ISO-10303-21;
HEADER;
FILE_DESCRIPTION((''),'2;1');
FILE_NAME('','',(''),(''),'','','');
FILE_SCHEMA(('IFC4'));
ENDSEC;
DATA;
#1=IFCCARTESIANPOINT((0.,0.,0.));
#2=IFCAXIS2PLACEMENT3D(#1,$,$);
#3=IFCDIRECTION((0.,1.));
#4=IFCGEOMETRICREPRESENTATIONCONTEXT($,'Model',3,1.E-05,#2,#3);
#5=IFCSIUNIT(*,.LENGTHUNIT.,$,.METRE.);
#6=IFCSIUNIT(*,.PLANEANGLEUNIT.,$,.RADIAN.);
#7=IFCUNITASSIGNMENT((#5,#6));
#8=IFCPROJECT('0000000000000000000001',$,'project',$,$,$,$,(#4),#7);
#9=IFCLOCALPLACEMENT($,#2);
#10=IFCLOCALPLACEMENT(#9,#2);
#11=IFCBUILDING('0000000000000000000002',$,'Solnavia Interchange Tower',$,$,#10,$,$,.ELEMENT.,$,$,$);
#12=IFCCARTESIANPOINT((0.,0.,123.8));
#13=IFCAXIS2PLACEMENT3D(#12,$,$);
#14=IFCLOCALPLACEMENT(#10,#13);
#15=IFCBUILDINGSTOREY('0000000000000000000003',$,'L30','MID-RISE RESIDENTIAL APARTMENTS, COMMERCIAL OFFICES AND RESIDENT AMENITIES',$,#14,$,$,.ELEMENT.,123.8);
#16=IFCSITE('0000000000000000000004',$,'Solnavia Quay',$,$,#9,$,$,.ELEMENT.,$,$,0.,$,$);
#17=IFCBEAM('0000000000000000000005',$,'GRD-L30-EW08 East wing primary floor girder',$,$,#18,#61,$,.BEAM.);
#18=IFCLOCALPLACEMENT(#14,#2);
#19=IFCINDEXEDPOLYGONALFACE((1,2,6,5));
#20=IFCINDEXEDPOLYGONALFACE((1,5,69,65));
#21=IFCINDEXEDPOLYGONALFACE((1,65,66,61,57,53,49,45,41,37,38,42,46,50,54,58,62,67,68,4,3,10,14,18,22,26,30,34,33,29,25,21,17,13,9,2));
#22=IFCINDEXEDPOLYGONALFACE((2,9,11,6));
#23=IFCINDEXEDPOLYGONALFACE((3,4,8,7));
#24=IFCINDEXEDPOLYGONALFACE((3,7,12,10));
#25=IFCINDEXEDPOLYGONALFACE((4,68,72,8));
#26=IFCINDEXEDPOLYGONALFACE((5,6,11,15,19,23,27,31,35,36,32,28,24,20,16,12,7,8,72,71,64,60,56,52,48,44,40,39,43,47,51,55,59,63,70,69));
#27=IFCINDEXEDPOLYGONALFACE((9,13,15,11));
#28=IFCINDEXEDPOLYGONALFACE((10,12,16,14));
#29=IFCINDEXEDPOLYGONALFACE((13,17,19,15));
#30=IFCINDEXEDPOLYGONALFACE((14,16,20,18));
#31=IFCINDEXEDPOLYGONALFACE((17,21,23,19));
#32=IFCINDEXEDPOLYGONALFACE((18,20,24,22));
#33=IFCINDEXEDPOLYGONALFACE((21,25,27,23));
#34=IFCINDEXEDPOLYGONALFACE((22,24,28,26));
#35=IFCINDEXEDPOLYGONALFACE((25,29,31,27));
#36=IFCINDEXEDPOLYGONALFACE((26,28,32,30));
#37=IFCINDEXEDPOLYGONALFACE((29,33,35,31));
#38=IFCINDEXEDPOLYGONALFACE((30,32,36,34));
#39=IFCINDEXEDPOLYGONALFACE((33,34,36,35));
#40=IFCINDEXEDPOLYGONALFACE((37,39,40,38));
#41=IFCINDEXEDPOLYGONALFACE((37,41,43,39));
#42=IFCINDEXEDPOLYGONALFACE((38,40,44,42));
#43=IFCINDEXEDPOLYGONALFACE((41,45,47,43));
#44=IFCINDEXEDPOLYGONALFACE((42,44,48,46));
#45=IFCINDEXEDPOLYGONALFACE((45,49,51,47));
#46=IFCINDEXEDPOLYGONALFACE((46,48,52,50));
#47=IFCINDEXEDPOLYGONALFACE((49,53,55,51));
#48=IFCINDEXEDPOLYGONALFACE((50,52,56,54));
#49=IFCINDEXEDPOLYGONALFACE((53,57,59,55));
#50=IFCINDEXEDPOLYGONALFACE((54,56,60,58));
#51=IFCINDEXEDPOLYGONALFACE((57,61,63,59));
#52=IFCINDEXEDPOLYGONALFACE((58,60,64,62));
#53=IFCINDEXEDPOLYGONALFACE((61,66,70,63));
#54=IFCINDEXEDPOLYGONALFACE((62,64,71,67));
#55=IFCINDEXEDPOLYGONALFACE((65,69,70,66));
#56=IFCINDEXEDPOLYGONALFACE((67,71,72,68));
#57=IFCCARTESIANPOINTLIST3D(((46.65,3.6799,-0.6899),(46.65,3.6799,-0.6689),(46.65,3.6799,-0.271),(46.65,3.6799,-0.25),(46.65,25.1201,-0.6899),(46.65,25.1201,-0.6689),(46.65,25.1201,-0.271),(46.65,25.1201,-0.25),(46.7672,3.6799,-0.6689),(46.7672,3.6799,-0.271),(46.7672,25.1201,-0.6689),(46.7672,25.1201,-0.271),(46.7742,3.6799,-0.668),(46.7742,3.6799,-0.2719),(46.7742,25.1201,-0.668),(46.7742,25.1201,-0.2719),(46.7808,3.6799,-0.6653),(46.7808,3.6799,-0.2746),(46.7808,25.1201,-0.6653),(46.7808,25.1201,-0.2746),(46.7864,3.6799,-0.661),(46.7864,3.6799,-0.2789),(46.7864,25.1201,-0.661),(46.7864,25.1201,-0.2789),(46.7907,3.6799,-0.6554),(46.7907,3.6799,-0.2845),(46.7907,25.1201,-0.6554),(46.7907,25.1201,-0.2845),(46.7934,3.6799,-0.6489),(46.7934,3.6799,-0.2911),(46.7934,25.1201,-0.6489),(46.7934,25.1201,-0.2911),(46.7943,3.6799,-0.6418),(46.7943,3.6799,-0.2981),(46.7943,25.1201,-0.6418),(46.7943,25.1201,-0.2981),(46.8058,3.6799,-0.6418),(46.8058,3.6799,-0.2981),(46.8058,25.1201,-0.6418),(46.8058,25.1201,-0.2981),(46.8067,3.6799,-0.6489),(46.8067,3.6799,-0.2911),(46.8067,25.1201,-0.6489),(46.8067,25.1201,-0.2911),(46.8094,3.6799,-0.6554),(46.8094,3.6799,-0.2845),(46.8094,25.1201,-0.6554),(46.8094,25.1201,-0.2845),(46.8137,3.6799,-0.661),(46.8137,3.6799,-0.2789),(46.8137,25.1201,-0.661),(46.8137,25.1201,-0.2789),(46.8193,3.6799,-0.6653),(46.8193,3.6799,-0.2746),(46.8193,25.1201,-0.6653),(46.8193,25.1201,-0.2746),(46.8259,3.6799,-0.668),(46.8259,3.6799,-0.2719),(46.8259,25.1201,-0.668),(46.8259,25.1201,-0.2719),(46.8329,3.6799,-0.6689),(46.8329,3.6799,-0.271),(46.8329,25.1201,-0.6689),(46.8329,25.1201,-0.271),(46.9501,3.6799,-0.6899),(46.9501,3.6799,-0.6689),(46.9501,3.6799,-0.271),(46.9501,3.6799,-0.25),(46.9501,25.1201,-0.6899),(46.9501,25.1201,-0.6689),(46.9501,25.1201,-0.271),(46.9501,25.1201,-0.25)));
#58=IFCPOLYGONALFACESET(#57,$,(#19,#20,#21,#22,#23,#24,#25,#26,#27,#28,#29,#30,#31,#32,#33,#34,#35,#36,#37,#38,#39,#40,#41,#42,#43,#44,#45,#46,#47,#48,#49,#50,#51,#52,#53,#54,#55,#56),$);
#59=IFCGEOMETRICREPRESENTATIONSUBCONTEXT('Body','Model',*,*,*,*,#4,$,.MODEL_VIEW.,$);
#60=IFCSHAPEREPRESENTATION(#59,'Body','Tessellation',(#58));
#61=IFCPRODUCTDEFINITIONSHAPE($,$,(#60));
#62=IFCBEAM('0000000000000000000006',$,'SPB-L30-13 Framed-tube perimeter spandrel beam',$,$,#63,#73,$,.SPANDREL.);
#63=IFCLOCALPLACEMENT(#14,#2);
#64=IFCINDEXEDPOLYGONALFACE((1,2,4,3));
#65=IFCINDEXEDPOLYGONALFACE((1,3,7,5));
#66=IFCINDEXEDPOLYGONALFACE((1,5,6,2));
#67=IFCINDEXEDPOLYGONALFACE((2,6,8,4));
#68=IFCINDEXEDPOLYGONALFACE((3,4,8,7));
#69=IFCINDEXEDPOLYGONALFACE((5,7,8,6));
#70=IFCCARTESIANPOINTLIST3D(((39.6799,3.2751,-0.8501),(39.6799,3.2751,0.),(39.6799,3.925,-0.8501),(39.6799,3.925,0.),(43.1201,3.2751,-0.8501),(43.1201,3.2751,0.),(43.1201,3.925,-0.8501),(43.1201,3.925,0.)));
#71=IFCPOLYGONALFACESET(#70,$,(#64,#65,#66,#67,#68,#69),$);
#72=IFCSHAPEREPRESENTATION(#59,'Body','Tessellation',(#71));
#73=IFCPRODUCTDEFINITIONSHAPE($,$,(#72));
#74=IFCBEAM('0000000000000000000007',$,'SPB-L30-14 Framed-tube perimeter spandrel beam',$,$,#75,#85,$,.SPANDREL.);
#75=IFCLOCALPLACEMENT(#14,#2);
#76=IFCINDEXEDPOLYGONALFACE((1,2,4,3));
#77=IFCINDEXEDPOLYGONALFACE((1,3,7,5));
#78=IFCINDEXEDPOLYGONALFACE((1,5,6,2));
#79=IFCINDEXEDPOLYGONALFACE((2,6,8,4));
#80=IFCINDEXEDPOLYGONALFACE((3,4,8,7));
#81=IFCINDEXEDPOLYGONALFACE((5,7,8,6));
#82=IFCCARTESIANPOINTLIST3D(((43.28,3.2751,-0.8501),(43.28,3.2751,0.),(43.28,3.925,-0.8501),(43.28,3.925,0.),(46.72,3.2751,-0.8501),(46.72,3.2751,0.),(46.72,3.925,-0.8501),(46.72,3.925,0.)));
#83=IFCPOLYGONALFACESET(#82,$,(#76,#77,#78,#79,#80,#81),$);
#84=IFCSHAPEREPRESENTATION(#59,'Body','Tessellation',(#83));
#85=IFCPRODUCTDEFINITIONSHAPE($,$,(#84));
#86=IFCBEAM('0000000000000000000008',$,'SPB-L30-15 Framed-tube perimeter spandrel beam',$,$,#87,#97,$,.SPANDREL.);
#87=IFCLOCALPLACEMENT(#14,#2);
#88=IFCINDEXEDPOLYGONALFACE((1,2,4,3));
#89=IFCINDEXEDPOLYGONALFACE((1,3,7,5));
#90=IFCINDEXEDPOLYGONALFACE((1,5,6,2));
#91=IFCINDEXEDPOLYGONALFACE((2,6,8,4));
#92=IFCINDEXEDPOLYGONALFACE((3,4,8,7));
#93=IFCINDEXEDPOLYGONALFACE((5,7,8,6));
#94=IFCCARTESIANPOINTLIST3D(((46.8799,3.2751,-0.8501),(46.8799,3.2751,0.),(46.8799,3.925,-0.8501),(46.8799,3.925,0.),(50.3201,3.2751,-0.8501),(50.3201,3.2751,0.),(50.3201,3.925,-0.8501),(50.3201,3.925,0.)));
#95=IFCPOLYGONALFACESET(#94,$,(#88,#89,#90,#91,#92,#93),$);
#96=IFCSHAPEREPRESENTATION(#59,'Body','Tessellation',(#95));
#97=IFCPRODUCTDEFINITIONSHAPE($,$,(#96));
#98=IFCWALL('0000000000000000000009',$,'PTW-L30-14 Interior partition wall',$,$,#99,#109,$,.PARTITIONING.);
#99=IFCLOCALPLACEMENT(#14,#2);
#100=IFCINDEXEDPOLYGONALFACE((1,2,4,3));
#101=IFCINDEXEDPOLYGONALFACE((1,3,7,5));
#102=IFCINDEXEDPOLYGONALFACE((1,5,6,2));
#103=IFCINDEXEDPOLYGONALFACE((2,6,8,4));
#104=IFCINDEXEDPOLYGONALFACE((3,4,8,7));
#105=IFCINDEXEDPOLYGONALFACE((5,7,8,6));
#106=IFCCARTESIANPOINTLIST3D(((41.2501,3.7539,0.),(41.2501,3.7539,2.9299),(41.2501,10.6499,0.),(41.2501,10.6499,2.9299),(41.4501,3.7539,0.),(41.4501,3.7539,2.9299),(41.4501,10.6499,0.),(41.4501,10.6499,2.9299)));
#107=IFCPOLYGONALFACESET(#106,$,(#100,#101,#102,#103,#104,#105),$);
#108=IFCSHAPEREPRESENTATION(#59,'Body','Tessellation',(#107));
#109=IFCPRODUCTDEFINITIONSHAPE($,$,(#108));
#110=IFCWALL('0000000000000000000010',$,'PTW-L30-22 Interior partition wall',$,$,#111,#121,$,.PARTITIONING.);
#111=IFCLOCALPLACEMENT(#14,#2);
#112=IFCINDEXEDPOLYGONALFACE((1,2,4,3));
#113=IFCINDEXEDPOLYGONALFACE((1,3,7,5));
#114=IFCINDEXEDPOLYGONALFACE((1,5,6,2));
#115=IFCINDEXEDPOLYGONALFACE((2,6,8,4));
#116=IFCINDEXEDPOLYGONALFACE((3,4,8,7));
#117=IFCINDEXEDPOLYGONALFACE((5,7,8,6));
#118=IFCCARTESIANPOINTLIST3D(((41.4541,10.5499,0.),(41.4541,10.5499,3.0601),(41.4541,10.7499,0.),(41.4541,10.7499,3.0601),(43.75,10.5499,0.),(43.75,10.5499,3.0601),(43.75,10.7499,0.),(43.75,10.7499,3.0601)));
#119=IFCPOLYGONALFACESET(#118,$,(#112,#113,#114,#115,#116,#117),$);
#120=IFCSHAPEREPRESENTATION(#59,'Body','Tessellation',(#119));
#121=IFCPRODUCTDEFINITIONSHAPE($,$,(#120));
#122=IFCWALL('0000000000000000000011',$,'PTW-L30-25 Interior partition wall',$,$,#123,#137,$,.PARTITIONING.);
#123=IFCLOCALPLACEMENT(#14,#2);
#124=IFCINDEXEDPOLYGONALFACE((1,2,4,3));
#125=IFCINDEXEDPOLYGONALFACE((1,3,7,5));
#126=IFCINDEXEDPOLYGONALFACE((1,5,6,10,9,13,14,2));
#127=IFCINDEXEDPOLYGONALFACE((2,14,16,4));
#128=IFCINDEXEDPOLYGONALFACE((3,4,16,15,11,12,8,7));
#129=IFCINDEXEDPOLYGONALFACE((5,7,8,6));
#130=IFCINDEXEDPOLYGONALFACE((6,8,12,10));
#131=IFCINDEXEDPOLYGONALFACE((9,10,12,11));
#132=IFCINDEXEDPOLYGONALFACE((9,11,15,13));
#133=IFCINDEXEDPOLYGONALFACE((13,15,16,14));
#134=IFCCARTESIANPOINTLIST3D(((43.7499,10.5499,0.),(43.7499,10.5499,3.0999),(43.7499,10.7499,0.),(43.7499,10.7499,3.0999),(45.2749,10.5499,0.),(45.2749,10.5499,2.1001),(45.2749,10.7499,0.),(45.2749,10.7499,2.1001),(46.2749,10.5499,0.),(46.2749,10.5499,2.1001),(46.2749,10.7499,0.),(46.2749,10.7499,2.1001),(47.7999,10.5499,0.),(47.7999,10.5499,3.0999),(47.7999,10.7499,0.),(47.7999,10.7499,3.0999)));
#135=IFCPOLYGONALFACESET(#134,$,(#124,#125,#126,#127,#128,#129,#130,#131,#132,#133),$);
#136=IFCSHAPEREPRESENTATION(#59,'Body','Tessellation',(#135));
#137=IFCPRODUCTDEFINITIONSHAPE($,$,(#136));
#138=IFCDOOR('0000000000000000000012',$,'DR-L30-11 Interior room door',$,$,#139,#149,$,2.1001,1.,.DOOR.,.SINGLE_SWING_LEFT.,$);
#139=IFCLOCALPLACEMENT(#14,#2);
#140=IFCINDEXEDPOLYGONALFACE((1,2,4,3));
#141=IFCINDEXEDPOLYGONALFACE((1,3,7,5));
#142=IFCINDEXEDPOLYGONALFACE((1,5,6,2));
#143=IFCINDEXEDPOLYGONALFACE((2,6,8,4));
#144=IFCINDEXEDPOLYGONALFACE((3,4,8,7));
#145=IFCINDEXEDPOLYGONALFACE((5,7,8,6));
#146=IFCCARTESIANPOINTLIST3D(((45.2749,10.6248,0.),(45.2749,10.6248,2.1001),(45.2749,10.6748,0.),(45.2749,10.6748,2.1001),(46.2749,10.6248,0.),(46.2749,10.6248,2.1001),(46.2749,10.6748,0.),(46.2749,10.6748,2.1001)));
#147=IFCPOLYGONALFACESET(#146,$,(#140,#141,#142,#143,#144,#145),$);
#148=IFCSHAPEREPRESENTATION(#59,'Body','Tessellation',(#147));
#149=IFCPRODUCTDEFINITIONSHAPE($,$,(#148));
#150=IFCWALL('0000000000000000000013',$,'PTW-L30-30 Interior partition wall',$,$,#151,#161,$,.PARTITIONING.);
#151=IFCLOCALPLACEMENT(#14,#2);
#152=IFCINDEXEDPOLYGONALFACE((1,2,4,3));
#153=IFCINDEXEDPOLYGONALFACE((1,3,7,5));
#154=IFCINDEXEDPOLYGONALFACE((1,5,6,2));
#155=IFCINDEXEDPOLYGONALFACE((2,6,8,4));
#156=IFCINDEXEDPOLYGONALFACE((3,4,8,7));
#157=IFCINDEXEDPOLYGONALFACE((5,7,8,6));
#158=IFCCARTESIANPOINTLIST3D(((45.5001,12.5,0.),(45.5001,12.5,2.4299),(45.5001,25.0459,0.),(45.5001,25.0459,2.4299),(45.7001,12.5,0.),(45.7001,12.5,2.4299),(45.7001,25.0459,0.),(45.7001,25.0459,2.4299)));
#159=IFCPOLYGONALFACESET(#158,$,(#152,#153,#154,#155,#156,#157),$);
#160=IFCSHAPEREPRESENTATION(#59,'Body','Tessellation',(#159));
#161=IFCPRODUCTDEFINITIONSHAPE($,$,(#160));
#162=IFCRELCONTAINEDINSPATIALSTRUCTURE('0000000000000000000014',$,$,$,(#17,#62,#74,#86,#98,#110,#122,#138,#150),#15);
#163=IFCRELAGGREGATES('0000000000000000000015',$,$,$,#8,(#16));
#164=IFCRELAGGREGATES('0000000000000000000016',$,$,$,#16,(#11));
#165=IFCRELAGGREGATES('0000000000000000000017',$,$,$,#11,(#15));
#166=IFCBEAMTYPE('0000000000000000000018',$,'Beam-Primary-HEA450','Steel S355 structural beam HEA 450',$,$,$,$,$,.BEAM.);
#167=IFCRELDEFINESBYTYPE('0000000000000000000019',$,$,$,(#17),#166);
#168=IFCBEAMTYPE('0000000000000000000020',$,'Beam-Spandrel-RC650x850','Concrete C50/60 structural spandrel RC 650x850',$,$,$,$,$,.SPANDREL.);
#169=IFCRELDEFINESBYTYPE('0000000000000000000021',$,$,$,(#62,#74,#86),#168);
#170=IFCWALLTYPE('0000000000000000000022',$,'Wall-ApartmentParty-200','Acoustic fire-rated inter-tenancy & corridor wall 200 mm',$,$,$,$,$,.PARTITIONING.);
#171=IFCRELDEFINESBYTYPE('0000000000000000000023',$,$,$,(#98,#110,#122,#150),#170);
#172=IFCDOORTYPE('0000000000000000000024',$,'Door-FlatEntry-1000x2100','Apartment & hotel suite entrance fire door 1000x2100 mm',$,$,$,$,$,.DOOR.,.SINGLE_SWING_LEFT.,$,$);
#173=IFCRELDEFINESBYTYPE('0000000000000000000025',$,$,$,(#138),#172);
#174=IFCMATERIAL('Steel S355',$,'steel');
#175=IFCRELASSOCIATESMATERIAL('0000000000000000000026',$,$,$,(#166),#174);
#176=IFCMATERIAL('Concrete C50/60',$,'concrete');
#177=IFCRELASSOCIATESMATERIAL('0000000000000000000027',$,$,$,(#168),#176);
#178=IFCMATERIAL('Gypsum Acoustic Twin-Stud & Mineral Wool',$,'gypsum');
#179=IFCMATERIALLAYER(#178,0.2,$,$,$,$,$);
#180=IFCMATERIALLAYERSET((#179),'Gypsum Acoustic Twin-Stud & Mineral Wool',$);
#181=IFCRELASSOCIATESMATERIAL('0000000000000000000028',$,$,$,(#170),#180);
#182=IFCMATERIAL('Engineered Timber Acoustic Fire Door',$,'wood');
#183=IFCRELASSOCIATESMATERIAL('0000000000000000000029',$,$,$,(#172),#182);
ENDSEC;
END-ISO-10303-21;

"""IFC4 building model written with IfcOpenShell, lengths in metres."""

from ifc_helpers import new_model, si_unit, direction, frame, frame_2d, origin, origin_2d, place, context, subcontext, project, spatial, rectangle, i_section, extrude, material, layer, layer_set, material_profile, profile_set, type_object, element, fill, save


model = new_model("IFC4")

# Units and contexts
model_context = context("Model", 3, precision=1e-05, world=origin(), true_north=direction((0.0, 1.0)))
body_context = subcontext(model_context, "Body", "Model", "MODEL_VIEW")
ifc_project = project(units=[si_unit("LENGTHUNIT", "METRE"), si_unit("PLANEANGLEUNIT", "RADIAN")], contexts=[model_context])

# Site, building, storey
site_placement = place(None, origin())
site = spatial("IfcSite", under=ifc_project, at=site_placement, Name="Solnavia Quay", CompositionType="ELEMENT", RefElevation=0.0)
building_placement = place(site_placement, origin())
building = spatial("IfcBuilding", under=site, at=building_placement, Name="Solnavia Interchange Tower", CompositionType="ELEMENT")
storey_placement = place(building_placement, frame((0.0, 0.0, 123.8)))
storey = spatial("IfcBuildingStorey", under=building, at=storey_placement, Name="L30", Description="MID-RISE RESIDENTIAL APARTMENTS, COMMERCIAL OFFICES AND RESIDENT AMENITIES", CompositionType="ELEMENT", Elevation=123.8)

# Shared definitions
ifc_material_1 = material(Name="Concrete C50/60", Category="concrete")

# Beams
ifc_material_2 = material(Name="Steel S355", Category="steel")
ifc_material_profile_1 = material_profile(ifc_material_2, i_section(OverallWidth=0.3, OverallDepth=0.4399, WebThickness=0.0115, FlangeThickness=0.021, FilletRadius=0.0271, at=origin_2d()), Name="HEA 450")
ifc_profile_set_1 = profile_set([ifc_material_profile_1], Name="Steel S355")
beam_type_1 = type_object("IfcBeamType", Name="Beam-Primary-HEA450", Description="Steel S355 structural beam HEA 450", PredefinedType="BEAM", material=ifc_profile_set_1)
for number, where, z_axis, x_axis, name in (
    (1, (46.8, 3.6799, -0.47), (0.0, 1.0, 0.0), (-1.0, 0.0, 0.0), "GRD-L30-EW08 East wing primary floor girder"),
):
    element("IfcBeam", number, at=place(storey_placement, frame(where, z_axis=z_axis, x_axis=x_axis)), inside=storey, type_object=beam_type_1, Name=name, PredefinedType="BEAM", context=body_context, shape_type="SweptSolid", body=[
        extrude(i_section(OverallWidth=0.3, OverallDepth=0.4399, WebThickness=0.0115, FlangeThickness=0.021, FilletRadius=0.0271, at=origin_2d()), origin(), (0.0, 0.0, 1.0), 21.4402),
    ])
ifc_material_profile_2 = material_profile(ifc_material_1, rectangle(XDim=0.6499, YDim=0.8501, at=origin_2d()), Name="RC 650x850")
ifc_profile_set_2 = profile_set([ifc_material_profile_2], Name="Concrete C50/60")
beam_type_2 = type_object("IfcBeamType", Name="Beam-Spandrel-RC650x850", Description="Concrete C50/60 structural spandrel RC 650x850", PredefinedType="SPANDREL", material=ifc_profile_set_2)
beam_1_placement = place(storey_placement, frame((39.6799, 3.6001, -0.425), z_axis=(1.0, 0.0, 0.0), x_axis=(0.0, 1.0, 0.0)))
element("IfcBeam", 2, at=beam_1_placement, inside=storey, type_object=beam_type_2, Name="SPB-L30-13 Framed-tube perimeter spandrel beam", PredefinedType="SPANDREL", context=body_context, shape_type="SweptSolid", body=[
    extrude(rectangle(XDim=0.6499, YDim=0.8501, at=origin_2d()), origin(), (0.0, 0.0, 1.0), 3.4402),
])
beam_2_placement = place(storey_placement, frame((43.28, 3.6001, -0.425), z_axis=(1.0, 0.0, 0.0), x_axis=(0.0, 1.0, 0.0)))
element("IfcBeam", 3, at=beam_2_placement, inside=storey, type_object=beam_type_2, Name="SPB-L30-14 Framed-tube perimeter spandrel beam", PredefinedType="SPANDREL", context=body_context, shape_type="SweptSolid", body=[
    extrude(rectangle(XDim=0.6499, YDim=0.8501, at=origin_2d()), origin(), (0.0, 0.0, 1.0), 3.4399),
])
beam_3_placement = place(storey_placement, frame((46.8799, 3.6001, -0.425), z_axis=(1.0, 0.0, 0.0), x_axis=(0.0, 1.0, 0.0)))
element("IfcBeam", 4, at=beam_3_placement, inside=storey, type_object=beam_type_2, Name="SPB-L30-15 Framed-tube perimeter spandrel beam", PredefinedType="SPANDREL", context=body_context, shape_type="SweptSolid", body=[
    extrude(rectangle(XDim=0.6499, YDim=0.8501, at=origin_2d()), origin(), (0.0, 0.0, 1.0), 3.4402),
])

# Walls
ifc_material_3 = material(Name="Gypsum Acoustic Twin-Stud & Mineral Wool", Category="gypsum")
ifc_layer_1 = layer(ifc_material_3, 0.2)
ifc_layer_set_1 = layer_set([ifc_layer_1], Name="Gypsum Acoustic Twin-Stud & Mineral Wool")
wall_type_1 = type_object("IfcWallType", Name="Wall-ApartmentParty-200", Description="Acoustic fire-rated inter-tenancy & corridor wall 200 mm", PredefinedType="PARTITIONING", material=ifc_layer_set_1)
wall_1_placement = place(storey_placement, frame((41.3501, 3.7539, 0.0), z_axis=(0.0, 0.0, 1.0), x_axis=(0.0, 1.0, 0.0)))
element("IfcWall", 5, at=wall_1_placement, inside=storey, type_object=wall_type_1, Name="PTW-L30-14 Interior partition wall", PredefinedType="PARTITIONING", context=body_context, shape_type="SweptSolid", body=[
    extrude(rectangle(XDim=6.896, YDim=0.2, at=frame_2d((3.448, 0.0))), origin(), (0.0, 0.0, 1.0), 2.9299),
])
wall_2_placement = place(storey_placement, frame((41.4541, 10.6499, 0.0), z_axis=(0.0, 0.0, 1.0), x_axis=(1.0, 0.0, 0.0)))
element("IfcWall", 6, at=wall_2_placement, inside=storey, type_object=wall_type_1, Name="PTW-L30-22 Interior partition wall", PredefinedType="PARTITIONING", context=body_context, shape_type="SweptSolid", body=[
    extrude(rectangle(XDim=2.2959, YDim=0.2, at=frame_2d((1.1479, 0.0))), origin(), (0.0, 0.0, 1.0), 3.0601),
])

# Wall, opening, door
wall_3_placement = place(storey_placement, frame((43.75, 10.6499, 0.0), z_axis=(0.0, 0.0, 1.0), x_axis=(1.0, 0.0, 0.0)))
wall_3 = element("IfcWall", 7, at=wall_3_placement, inside=storey, type_object=wall_type_1, Name="PTW-L30-25 Interior partition wall", PredefinedType="PARTITIONING", context=body_context, shape_type="SweptSolid", body=[
    extrude(rectangle(XDim=4.05, YDim=0.2, at=frame_2d((2.0249, 0.0))), origin(), (0.0, 0.0, 1.0), 3.0999),
])
opening_1_placement = place(wall_3_placement, frame((1.5249, 0.0, 0.0)))
opening_1 = element("IfcOpeningElement", 8, at=opening_1_placement, cuts=wall_3, PredefinedType="OPENING", context=body_context, shape_type="SweptSolid", body=[
    extrude(rectangle(XDim=1.0, YDim=2.1001, at=frame_2d((0.5, 1.05))), frame((0.0, 0.1099, 0.0), z_axis=(0.0, -1.0, 0.0), x_axis=(1.0, 0.0, 0.0)), (0.0, 0.0, 1.0), 0.22),
])
ifc_material_4 = material(Name="Engineered Timber Acoustic Fire Door", Category="wood")
door_type_1 = type_object("IfcDoorType", Name="Door-FlatEntry-1000x2100", Description="Apartment & hotel suite entrance fire door 1000x2100 mm", OperationType="SINGLE_SWING_LEFT", PredefinedType="DOOR", material=ifc_material_4)
door_1_placement = place(opening_1_placement, origin())
door_1 = element("IfcDoor", 9, at=door_1_placement, inside=storey, type_object=door_type_1, Name="DR-L30-11 Interior room door", OperationType="SINGLE_SWING_LEFT", OverallHeight=2.1001, OverallWidth=1.0, PredefinedType="DOOR", context=body_context, shape_type="SweptSolid", body=[
    extrude(rectangle(XDim=1.0, YDim=2.1001, at=frame_2d((0.5, 1.05))), frame((0.0, 0.0249, 0.0), z_axis=(0.0, -1.0, 0.0), x_axis=(1.0, 0.0, 0.0)), (0.0, 0.0, 1.0), 0.05),
])
fill(opening_1, door_1)

# Wall
wall_4_placement = place(storey_placement, frame((45.6001, 12.5, 0.0), z_axis=(0.0, 0.0, 1.0), x_axis=(0.0, 1.0, 0.0)))
element("IfcWall", 10, at=wall_4_placement, inside=storey, type_object=wall_type_1, Name="PTW-L30-30 Interior partition wall", PredefinedType="PARTITIONING", context=body_context, shape_type="SweptSolid", body=[
    extrude(rectangle(XDim=12.5459, YDim=0.2, at=frame_2d((6.2729, 0.0))), origin(), (0.0, 0.0, 1.0), 2.4299),
])

save(model, "model.ifc")
